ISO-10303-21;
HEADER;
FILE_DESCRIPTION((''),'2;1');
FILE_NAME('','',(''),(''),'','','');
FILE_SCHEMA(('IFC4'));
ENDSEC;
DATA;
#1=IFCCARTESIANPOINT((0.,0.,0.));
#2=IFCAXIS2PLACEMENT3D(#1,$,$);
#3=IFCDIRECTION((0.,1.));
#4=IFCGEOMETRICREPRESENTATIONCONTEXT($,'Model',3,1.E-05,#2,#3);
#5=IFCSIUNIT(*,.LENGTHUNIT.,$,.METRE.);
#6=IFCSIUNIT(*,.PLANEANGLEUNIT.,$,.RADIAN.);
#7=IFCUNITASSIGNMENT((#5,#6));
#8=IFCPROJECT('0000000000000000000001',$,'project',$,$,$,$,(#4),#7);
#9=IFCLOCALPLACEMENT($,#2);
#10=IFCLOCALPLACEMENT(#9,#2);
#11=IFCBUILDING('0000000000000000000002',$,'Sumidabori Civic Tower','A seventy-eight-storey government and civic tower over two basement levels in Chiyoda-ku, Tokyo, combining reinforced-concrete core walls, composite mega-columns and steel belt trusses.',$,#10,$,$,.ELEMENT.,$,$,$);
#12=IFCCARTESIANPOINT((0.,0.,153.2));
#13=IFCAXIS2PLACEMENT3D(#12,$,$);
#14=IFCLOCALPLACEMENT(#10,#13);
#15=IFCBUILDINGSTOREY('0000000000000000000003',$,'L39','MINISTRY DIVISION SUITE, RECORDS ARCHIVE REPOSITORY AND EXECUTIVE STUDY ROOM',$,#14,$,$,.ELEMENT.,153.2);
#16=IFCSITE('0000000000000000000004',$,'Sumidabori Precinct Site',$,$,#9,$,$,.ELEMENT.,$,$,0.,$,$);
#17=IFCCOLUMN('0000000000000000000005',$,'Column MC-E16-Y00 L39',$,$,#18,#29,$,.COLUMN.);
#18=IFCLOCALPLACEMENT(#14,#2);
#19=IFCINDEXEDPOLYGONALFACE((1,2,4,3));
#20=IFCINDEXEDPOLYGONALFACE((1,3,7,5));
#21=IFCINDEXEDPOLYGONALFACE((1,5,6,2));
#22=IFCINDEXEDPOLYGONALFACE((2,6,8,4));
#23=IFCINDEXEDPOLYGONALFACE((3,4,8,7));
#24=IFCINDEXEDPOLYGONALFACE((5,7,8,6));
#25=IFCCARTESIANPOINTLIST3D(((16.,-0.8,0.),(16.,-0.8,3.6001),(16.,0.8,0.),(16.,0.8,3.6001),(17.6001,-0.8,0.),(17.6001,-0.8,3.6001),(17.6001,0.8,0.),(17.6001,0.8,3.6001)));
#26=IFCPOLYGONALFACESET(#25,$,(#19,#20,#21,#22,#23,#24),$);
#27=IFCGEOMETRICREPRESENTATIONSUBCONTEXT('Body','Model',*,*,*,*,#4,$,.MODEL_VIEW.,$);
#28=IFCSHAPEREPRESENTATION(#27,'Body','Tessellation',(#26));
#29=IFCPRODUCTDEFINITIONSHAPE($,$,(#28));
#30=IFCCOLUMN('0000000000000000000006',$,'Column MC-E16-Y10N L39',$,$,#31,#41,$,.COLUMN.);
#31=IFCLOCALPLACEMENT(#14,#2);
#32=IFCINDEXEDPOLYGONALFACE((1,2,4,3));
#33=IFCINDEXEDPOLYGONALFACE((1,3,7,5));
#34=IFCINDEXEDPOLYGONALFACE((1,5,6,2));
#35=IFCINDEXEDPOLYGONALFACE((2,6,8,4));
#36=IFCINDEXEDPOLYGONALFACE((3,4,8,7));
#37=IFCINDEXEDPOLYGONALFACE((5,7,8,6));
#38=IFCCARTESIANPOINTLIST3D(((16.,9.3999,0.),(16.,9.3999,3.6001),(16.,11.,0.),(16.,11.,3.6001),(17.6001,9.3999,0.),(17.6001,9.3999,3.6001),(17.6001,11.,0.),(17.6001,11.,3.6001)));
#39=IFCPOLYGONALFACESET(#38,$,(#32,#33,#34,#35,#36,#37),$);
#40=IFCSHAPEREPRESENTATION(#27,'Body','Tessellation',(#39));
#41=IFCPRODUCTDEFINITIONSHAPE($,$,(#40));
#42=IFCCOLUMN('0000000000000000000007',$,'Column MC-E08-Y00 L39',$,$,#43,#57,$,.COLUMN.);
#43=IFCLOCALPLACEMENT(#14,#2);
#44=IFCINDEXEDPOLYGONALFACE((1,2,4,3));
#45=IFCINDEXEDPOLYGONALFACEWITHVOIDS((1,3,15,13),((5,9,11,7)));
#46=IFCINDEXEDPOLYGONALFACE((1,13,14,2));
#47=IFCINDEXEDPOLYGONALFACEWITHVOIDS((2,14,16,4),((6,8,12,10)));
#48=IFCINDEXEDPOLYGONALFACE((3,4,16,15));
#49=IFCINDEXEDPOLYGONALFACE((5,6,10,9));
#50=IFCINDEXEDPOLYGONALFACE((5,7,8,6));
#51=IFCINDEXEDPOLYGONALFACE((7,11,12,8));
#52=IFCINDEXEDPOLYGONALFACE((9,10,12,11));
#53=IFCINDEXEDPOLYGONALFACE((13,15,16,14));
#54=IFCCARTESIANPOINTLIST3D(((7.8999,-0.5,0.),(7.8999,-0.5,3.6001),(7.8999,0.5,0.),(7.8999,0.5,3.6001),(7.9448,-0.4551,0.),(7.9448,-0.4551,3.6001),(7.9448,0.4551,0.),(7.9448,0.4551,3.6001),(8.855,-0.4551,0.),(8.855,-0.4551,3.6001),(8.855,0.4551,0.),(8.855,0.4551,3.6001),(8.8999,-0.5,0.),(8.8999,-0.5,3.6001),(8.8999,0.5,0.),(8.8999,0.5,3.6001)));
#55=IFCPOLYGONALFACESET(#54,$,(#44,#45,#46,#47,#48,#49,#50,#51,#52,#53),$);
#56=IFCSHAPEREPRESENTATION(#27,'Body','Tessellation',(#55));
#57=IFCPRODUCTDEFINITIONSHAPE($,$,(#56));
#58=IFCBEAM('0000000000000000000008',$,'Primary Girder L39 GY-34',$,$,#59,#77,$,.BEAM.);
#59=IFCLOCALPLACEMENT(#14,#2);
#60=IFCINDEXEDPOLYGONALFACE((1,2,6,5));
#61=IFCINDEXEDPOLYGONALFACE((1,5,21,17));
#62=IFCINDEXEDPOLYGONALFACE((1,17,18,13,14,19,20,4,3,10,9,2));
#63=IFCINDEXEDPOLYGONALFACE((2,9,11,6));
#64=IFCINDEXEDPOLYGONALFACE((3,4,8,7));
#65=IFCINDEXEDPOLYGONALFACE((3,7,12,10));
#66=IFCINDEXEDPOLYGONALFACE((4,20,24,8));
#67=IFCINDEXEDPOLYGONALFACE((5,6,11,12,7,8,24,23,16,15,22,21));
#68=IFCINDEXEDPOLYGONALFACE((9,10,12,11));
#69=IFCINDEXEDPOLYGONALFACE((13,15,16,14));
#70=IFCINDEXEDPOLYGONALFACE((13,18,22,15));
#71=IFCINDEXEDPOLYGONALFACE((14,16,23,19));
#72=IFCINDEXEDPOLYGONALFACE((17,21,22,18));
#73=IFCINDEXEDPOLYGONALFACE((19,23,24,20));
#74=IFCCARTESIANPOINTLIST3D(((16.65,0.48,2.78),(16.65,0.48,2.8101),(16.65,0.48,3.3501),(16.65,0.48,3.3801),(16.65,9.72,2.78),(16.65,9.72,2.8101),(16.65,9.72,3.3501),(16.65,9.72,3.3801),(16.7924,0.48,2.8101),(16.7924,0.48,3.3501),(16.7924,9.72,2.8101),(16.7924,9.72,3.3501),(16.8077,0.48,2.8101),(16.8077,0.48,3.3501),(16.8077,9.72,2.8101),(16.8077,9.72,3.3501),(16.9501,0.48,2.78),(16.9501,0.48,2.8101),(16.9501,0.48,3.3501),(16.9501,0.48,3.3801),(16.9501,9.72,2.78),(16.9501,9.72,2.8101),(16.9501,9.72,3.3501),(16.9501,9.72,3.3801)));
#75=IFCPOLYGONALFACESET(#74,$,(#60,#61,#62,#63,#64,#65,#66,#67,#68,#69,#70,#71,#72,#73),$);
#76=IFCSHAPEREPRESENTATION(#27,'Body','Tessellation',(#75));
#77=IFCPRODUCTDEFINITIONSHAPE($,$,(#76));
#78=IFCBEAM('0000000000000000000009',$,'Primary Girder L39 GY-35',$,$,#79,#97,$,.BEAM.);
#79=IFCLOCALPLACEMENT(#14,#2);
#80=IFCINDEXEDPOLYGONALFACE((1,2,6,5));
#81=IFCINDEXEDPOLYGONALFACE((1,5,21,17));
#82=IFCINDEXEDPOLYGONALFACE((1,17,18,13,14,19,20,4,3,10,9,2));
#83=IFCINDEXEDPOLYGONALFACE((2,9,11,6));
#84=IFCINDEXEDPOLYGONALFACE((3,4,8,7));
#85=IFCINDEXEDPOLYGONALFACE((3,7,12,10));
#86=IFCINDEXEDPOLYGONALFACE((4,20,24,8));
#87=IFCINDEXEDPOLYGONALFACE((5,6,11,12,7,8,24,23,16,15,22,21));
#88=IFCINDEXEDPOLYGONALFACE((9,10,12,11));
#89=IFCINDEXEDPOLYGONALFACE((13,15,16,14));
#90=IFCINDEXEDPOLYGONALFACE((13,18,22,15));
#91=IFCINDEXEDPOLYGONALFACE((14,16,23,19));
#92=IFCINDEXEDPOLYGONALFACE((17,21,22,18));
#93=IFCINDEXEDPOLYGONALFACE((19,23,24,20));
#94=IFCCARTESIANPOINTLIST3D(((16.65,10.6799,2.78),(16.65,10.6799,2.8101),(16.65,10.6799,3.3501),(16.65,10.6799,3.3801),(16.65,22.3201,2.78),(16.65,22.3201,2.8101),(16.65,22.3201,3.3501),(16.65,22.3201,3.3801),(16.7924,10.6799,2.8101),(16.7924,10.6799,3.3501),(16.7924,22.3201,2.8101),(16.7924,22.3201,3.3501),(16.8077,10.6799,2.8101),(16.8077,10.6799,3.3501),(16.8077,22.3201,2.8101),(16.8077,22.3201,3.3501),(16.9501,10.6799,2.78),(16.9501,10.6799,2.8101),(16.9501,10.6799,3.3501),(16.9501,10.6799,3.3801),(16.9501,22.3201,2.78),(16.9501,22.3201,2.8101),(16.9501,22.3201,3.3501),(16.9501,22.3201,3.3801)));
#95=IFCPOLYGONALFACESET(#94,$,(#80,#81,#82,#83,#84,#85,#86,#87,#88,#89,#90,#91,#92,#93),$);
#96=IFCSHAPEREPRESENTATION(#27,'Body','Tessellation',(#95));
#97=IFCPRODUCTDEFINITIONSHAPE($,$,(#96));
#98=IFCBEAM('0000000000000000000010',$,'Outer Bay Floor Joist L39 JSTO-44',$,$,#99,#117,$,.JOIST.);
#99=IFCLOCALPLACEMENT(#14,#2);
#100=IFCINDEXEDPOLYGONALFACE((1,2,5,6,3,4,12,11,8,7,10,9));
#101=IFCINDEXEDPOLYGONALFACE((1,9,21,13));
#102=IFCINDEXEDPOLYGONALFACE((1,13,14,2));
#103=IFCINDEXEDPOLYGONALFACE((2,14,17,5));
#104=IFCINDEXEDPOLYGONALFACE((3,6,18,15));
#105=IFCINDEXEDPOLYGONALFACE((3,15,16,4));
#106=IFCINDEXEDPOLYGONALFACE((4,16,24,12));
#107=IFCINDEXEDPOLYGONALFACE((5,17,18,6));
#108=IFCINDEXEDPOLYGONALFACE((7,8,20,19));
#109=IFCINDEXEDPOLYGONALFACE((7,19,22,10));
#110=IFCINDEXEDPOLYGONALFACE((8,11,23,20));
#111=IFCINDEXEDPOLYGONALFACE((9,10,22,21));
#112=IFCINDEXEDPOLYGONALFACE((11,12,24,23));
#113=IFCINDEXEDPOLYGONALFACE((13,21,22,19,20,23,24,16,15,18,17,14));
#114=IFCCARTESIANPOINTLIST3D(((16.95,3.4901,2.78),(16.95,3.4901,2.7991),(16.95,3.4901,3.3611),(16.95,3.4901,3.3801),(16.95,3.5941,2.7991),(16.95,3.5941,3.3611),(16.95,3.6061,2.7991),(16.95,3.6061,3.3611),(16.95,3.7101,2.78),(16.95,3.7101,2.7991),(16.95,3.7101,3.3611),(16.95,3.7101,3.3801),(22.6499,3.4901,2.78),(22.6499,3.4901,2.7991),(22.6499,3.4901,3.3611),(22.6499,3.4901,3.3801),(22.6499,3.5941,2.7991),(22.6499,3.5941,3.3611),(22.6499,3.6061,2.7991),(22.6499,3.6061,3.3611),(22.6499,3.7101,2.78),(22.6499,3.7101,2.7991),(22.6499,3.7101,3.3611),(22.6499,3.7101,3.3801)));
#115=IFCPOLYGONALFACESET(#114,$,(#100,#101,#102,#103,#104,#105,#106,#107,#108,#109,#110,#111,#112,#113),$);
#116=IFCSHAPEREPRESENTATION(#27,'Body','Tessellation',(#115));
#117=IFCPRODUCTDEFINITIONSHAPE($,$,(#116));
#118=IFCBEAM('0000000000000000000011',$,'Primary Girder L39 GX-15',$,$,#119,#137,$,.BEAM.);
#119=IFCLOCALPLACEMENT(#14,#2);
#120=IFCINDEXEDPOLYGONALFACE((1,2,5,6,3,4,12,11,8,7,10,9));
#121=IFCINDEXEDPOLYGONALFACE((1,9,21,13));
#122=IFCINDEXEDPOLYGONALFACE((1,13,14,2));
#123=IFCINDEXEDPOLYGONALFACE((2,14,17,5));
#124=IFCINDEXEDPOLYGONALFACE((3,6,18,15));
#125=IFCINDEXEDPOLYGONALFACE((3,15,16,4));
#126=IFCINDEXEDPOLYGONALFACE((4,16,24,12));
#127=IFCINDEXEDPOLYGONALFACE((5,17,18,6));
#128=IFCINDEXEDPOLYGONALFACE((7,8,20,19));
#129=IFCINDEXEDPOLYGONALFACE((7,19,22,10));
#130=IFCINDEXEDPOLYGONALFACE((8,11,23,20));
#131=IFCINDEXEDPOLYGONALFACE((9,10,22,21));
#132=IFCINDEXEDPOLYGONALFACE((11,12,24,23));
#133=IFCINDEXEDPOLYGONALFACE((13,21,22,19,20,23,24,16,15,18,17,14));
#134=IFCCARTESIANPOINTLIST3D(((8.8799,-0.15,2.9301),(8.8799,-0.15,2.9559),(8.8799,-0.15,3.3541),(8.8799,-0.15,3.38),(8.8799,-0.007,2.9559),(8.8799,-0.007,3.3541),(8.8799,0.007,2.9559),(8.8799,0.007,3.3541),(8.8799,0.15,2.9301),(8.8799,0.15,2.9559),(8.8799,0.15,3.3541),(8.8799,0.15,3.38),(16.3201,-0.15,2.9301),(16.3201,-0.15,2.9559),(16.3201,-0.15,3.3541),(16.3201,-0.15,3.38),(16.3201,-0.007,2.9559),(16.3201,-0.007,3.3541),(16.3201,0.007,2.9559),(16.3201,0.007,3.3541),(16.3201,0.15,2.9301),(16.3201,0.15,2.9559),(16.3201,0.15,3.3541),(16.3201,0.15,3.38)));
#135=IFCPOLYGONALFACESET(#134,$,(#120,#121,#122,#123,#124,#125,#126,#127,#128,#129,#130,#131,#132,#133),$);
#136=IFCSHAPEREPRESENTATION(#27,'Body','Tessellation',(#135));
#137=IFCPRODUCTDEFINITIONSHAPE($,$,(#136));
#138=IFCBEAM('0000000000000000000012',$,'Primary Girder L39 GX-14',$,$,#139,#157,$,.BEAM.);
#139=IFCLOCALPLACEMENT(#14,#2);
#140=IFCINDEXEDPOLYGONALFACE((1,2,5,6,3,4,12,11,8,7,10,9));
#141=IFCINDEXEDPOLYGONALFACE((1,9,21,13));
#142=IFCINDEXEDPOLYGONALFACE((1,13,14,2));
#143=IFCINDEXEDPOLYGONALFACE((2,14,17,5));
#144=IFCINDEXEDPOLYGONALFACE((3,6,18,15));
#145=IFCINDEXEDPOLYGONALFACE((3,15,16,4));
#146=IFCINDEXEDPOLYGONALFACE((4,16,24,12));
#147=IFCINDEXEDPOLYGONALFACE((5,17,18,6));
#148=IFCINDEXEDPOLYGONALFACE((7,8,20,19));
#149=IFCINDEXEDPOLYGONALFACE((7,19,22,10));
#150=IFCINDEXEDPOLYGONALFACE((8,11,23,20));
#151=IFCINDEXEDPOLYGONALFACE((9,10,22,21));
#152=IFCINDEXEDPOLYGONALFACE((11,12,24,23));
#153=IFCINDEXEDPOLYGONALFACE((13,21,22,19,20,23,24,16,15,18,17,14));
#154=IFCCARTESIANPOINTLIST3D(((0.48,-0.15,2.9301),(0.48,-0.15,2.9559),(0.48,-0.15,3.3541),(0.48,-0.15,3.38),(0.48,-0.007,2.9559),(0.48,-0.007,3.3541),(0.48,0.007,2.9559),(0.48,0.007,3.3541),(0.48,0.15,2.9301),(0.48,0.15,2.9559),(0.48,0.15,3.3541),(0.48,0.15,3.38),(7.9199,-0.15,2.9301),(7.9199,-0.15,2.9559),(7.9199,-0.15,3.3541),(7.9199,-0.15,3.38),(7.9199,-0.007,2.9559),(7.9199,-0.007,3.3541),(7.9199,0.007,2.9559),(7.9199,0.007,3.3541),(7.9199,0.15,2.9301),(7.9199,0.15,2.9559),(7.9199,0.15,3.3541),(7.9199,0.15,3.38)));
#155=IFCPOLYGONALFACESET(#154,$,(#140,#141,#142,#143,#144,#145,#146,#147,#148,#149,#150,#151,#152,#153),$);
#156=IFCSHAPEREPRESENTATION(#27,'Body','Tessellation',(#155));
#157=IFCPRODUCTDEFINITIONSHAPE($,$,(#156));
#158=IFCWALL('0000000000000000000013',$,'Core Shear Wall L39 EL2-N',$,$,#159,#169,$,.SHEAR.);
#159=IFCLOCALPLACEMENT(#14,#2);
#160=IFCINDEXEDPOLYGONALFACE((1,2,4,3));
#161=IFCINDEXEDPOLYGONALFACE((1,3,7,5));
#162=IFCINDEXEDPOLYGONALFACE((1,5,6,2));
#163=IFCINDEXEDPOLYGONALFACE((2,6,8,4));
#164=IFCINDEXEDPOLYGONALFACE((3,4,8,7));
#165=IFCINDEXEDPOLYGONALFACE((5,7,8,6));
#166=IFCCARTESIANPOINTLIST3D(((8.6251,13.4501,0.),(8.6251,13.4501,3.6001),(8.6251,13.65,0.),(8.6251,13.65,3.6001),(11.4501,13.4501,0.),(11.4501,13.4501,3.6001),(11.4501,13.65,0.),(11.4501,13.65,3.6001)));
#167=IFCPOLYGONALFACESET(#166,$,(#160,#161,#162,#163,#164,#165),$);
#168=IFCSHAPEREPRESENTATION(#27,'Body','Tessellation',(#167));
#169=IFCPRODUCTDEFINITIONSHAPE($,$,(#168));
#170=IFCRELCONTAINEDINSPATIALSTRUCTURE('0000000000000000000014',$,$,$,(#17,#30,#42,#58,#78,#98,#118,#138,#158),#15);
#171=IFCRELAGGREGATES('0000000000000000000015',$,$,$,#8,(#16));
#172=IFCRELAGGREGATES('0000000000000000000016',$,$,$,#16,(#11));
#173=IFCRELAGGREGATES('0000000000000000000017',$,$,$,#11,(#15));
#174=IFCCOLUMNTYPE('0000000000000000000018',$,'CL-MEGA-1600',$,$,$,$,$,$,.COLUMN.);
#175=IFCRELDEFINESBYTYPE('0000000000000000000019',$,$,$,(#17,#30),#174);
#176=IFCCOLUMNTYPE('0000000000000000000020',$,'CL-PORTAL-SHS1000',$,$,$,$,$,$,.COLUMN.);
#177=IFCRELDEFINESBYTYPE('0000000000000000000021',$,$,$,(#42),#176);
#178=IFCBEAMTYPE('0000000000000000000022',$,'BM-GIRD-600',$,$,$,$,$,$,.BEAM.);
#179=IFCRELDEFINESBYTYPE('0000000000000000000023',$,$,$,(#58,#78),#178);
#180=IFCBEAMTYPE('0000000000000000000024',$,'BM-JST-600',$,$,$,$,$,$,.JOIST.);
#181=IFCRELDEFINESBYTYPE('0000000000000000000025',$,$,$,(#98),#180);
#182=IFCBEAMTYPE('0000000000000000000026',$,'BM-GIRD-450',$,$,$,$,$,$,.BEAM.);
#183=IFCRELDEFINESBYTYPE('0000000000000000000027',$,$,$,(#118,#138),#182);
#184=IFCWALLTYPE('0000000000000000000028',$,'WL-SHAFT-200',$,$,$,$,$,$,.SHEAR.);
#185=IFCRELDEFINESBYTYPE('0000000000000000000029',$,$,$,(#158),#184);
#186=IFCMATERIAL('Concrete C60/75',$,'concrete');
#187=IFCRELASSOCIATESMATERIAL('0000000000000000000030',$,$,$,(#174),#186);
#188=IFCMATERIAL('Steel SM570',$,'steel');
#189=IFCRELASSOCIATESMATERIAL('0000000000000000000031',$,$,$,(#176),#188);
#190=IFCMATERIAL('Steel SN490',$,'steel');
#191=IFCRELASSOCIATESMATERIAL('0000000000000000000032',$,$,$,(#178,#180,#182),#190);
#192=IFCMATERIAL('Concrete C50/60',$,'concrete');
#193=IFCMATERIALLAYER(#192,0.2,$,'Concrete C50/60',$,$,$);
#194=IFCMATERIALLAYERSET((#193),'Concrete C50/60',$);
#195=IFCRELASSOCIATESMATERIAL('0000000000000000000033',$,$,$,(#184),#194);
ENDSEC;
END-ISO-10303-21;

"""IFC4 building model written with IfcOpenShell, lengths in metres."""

from ifc_helpers import new_model, si_unit, direction, frame, frame_2d, origin, origin_2d, place, context, subcontext, project, spatial, rectangle, hollow_rectangle, i_section, extrude, source, transform, mapped, material, layer, layer_set, material_profile, profile_set, type_object, element, save


model = new_model("IFC4")

# Units and contexts
model_context = context("Model", 3, precision=1e-05, world=origin(), true_north=direction((0.0, 1.0)))
body_context = subcontext(model_context, "Body", "Model", "MODEL_VIEW")
ifc_project = project(units=[si_unit("LENGTHUNIT", "METRE"), si_unit("PLANEANGLEUNIT", "RADIAN")], contexts=[model_context])

# Site, building, storey
site_placement = place(None, origin())
site = spatial("IfcSite", under=ifc_project, at=site_placement, Name="Sumidabori Precinct Site", CompositionType="ELEMENT", RefElevation=0.0)
building_placement = place(site_placement, origin())
building = spatial("IfcBuilding", under=site, at=building_placement, Name="Sumidabori Civic Tower", Description="A seventy-eight-storey government and civic tower over two basement levels in Chiyoda-ku, Tokyo, combining reinforced-concrete core walls, composite mega-columns and steel belt trusses.", CompositionType="ELEMENT")
storey_placement = place(building_placement, frame((0.0, 0.0, 153.2)))
storey = spatial("IfcBuildingStorey", under=building, at=storey_placement, Name="L39", Description="MINISTRY DIVISION SUITE, RECORDS ARCHIVE REPOSITORY AND EXECUTIVE STUDY ROOM", CompositionType="ELEMENT", Elevation=153.2)

# Columns
ifc_material_1 = material(Name="Concrete C60/75", Category="concrete")
ifc_material_profile_1 = material_profile(ifc_material_1, rectangle(XDim=1.6001, YDim=1.6001, at=origin_2d()), Name="RC 1600x1600")
ifc_profile_set_1 = profile_set([ifc_material_profile_1], Name="Concrete C60/75")
column_type_1 = type_object("IfcColumnType", Name="CL-MEGA-1600", PredefinedType="COLUMN", material=ifc_profile_set_1)
shared_shape_1 = source(origin(), body_context, "Body", "SweptSolid", [
    extrude(rectangle(XDim=1.6001, YDim=1.6001, at=origin_2d()), origin(), (0.0, 0.0, 1.0), 3.6001),
])
for number, where, z_axis, x_axis, name in (
    (1, (16.8, 0.0, 0.0), (0.0, 0.0, 1.0), (1.0, 0.0, 0.0), "Column MC-E16-Y00 L39"),
    (2, (16.8, 10.2, 0.0), (0.0, 0.0, 1.0), (1.0, 0.0, 0.0), "Column MC-E16-Y10N L39"),
):
    element("IfcColumn", number, at=place(storey_placement, frame(where, z_axis=z_axis, x_axis=x_axis)), inside=storey, type_object=column_type_1, Name=name, PredefinedType="COLUMN", context=body_context, shape_type="MappedRepresentation", body=[
        mapped(shared_shape_1, transform((0.0, 0.0, 0.0), x_axis=(1.0, 0.0, 0.0), y_axis=(0.0, 1.0, 0.0), z_axis=(0.0, 0.0, 1.0), scale=1.0)),
    ])
ifc_material_2 = material(Name="Steel SM570", Category="steel")
ifc_material_profile_2 = material_profile(ifc_material_2, hollow_rectangle(XDim=1.0, YDim=1.0, WallThickness=0.0449, at=origin_2d()), Name="SHS 1000x1000x45")
ifc_profile_set_2 = profile_set([ifc_material_profile_2], Name="Steel SM570")
column_type_2 = type_object("IfcColumnType", Name="CL-PORTAL-SHS1000", PredefinedType="COLUMN", material=ifc_profile_set_2)
shared_shape_2 = source(origin(), body_context, "Body", "SweptSolid", [
    extrude(hollow_rectangle(XDim=1.0, YDim=1.0, WallThickness=0.0449, at=origin_2d()), origin(), (0.0, 0.0, 1.0), 3.6001),
])
column_placement = place(storey_placement, frame((8.3999, 0.0, 0.0), z_axis=(0.0, 0.0, 1.0), x_axis=(1.0, 0.0, 0.0)))
element("IfcColumn", 3, at=column_placement, inside=storey, type_object=column_type_2, Name="Column MC-E08-Y00 L39", PredefinedType="COLUMN", context=body_context, shape_type="MappedRepresentation", body=[
    mapped(shared_shape_2, transform((0.0, 0.0, 0.0), x_axis=(1.0, 0.0, 0.0), y_axis=(0.0, 1.0, 0.0), z_axis=(0.0, 0.0, 1.0), scale=1.0)),
])

# Beams
ifc_material_3 = material(Name="Steel SN490", Category="steel")
ifc_material_profile_3 = material_profile(ifc_material_3, i_section(OverallWidth=0.3, OverallDepth=0.6001, WebThickness=0.0154, FlangeThickness=0.03, at=origin_2d()), Name="HE 600 B")
ifc_profile_set_3 = profile_set([ifc_material_profile_3], Name="Steel SN490")
beam_type_1 = type_object("IfcBeamType", Name="BM-GIRD-600", PredefinedType="BEAM", material=ifc_profile_set_3)
shared_shape_3 = source(origin(), body_context, "Body", "SweptSolid", [
    extrude(i_section(OverallWidth=0.3, OverallDepth=0.6001, WebThickness=0.0154, FlangeThickness=0.03, at=origin_2d()), origin(), (0.0, 0.0, 1.0), 9.24),
])
beam_1_placement = place(storey_placement, frame((16.8, 0.48, 3.0801), z_axis=(0.0, 1.0, 0.0), x_axis=(-1.0, 0.0, 0.0)))
element("IfcBeam", 4, at=beam_1_placement, inside=storey, type_object=beam_type_1, Name="Primary Girder L39 GY-34", PredefinedType="BEAM", context=body_context, shape_type="MappedRepresentation", body=[
    mapped(shared_shape_3, transform((0.0, 0.0, 0.0), x_axis=(1.0, 0.0, 0.0), y_axis=(0.0, 1.0, 0.0), z_axis=(0.0, 0.0, 1.0), scale=1.0)),
])
shared_shape_4 = source(origin(), body_context, "Body", "SweptSolid", [
    extrude(i_section(OverallWidth=0.3, OverallDepth=0.6001, WebThickness=0.0154, FlangeThickness=0.03, at=origin_2d()), origin(), (0.0, 0.0, 1.0), 11.6401),
])
beam_2_placement = place(storey_placement, frame((16.8, 10.6799, 3.0801), z_axis=(0.0, 1.0, 0.0), x_axis=(-1.0, 0.0, 0.0)))
element("IfcBeam", 5, at=beam_2_placement, inside=storey, type_object=beam_type_1, Name="Primary Girder L39 GY-35", PredefinedType="BEAM", context=body_context, shape_type="MappedRepresentation", body=[
    mapped(shared_shape_4, transform((0.0, 0.0, 0.0), x_axis=(1.0, 0.0, 0.0), y_axis=(0.0, 1.0, 0.0), z_axis=(0.0, 0.0, 1.0), scale=1.0)),
])
ifc_material_profile_4 = material_profile(ifc_material_3, i_section(OverallWidth=0.22, OverallDepth=0.6001, WebThickness=0.012, FlangeThickness=0.019, at=origin_2d()), Name="IPE 600")
ifc_profile_set_4 = profile_set([ifc_material_profile_4], Name="Steel SN490")
beam_type_2 = type_object("IfcBeamType", Name="BM-JST-600", PredefinedType="JOIST", material=ifc_profile_set_4)
shared_shape_5 = source(origin(), body_context, "Body", "SweptSolid", [
    extrude(i_section(OverallWidth=0.22, OverallDepth=0.6001, WebThickness=0.012, FlangeThickness=0.019, at=origin_2d()), origin(), (0.0, 0.0, 1.0), 5.7),
])
beam_3_placement = place(storey_placement, frame((16.95, 3.6001, 3.0801), z_axis=(1.0, 0.0, 0.0), x_axis=(0.0, 1.0, 0.0)))
element("IfcBeam", 6, at=beam_3_placement, inside=storey, type_object=beam_type_2, Name="Outer Bay Floor Joist L39 JSTO-44", PredefinedType="JOIST", context=body_context, shape_type="MappedRepresentation", body=[
    mapped(shared_shape_5, transform((0.0, 0.0, 0.0), x_axis=(1.0, 0.0, 0.0), y_axis=(0.0, 1.0, 0.0), z_axis=(0.0, 0.0, 1.0), scale=1.0)),
])
ifc_material_profile_5 = material_profile(ifc_material_3, i_section(OverallWidth=0.3, OverallDepth=0.45, WebThickness=0.0139, FlangeThickness=0.0259, at=origin_2d()), Name="HE 450 B")
ifc_profile_set_5 = profile_set([ifc_material_profile_5], Name="Steel SN490")
beam_type_3 = type_object("IfcBeamType", Name="BM-GIRD-450", PredefinedType="BEAM", material=ifc_profile_set_5)
shared_shape_6 = source(origin(), body_context, "Body", "SweptSolid", [
    extrude(i_section(OverallWidth=0.3, OverallDepth=0.45, WebThickness=0.0139, FlangeThickness=0.0259, at=origin_2d()), origin(), (0.0, 0.0, 1.0), 7.4402),
])
beam_4_placement = place(storey_placement, frame((8.8799, 0.0, 3.155), z_axis=(1.0, 0.0, 0.0), x_axis=(0.0, 1.0, 0.0)))
element("IfcBeam", 7, at=beam_4_placement, inside=storey, type_object=beam_type_3, Name="Primary Girder L39 GX-15", PredefinedType="BEAM", context=body_context, shape_type="MappedRepresentation", body=[
    mapped(shared_shape_6, transform((0.0, 0.0, 0.0), x_axis=(1.0, 0.0, 0.0), y_axis=(0.0, 1.0, 0.0), z_axis=(0.0, 0.0, 1.0), scale=1.0)),
])
shared_shape_7 = source(origin(), body_context, "Body", "SweptSolid", [
    extrude(i_section(OverallWidth=0.3, OverallDepth=0.45, WebThickness=0.0139, FlangeThickness=0.0259, at=origin_2d()), origin(), (0.0, 0.0, 1.0), 7.4399),
])
beam_5_placement = place(storey_placement, frame((0.48, 0.0, 3.155), z_axis=(1.0, 0.0, 0.0), x_axis=(0.0, 1.0, 0.0)))
element("IfcBeam", 8, at=beam_5_placement, inside=storey, type_object=beam_type_3, Name="Primary Girder L39 GX-14", PredefinedType="BEAM", context=body_context, shape_type="MappedRepresentation", body=[
    mapped(shared_shape_7, transform((0.0, 0.0, 0.0), x_axis=(1.0, 0.0, 0.0), y_axis=(0.0, 1.0, 0.0), z_axis=(0.0, 0.0, 1.0), scale=1.0)),
])

# Wall
ifc_material_4 = material(Name="Concrete C50/60", Category="concrete")
ifc_layer_1 = layer(ifc_material_4, 0.2, Name="Concrete C50/60")
ifc_layer_set_1 = layer_set([ifc_layer_1], Name="Concrete C50/60")
wall_type_1 = type_object("IfcWallType", Name="WL-SHAFT-200", PredefinedType="SHEAR", material=ifc_layer_set_1)
shared_shape_8 = source(origin(), body_context, "Body", "SweptSolid", [
    extrude(rectangle(XDim=2.825, YDim=0.2, at=frame_2d((1.4126, 0.0))), origin(), (0.0, 0.0, 1.0), 3.6001),
])
wall_1_placement = place(storey_placement, frame((8.625, 13.55, 0.0), z_axis=(0.0, 0.0, 1.0), x_axis=(1.0, 0.0, 0.0)))
element("IfcWall", 9, at=wall_1_placement, inside=storey, type_object=wall_type_1, Name="Core Shear Wall L39 EL2-N", PredefinedType="SHEAR", context=body_context, shape_type="MappedRepresentation", body=[
    mapped(shared_shape_8, transform((0.0, 0.0, 0.0), x_axis=(1.0, 0.0, 0.0), y_axis=(0.0, 1.0, 0.0), z_axis=(0.0, 0.0, 1.0), scale=1.0)),
])

save(model, "model.ifc")
